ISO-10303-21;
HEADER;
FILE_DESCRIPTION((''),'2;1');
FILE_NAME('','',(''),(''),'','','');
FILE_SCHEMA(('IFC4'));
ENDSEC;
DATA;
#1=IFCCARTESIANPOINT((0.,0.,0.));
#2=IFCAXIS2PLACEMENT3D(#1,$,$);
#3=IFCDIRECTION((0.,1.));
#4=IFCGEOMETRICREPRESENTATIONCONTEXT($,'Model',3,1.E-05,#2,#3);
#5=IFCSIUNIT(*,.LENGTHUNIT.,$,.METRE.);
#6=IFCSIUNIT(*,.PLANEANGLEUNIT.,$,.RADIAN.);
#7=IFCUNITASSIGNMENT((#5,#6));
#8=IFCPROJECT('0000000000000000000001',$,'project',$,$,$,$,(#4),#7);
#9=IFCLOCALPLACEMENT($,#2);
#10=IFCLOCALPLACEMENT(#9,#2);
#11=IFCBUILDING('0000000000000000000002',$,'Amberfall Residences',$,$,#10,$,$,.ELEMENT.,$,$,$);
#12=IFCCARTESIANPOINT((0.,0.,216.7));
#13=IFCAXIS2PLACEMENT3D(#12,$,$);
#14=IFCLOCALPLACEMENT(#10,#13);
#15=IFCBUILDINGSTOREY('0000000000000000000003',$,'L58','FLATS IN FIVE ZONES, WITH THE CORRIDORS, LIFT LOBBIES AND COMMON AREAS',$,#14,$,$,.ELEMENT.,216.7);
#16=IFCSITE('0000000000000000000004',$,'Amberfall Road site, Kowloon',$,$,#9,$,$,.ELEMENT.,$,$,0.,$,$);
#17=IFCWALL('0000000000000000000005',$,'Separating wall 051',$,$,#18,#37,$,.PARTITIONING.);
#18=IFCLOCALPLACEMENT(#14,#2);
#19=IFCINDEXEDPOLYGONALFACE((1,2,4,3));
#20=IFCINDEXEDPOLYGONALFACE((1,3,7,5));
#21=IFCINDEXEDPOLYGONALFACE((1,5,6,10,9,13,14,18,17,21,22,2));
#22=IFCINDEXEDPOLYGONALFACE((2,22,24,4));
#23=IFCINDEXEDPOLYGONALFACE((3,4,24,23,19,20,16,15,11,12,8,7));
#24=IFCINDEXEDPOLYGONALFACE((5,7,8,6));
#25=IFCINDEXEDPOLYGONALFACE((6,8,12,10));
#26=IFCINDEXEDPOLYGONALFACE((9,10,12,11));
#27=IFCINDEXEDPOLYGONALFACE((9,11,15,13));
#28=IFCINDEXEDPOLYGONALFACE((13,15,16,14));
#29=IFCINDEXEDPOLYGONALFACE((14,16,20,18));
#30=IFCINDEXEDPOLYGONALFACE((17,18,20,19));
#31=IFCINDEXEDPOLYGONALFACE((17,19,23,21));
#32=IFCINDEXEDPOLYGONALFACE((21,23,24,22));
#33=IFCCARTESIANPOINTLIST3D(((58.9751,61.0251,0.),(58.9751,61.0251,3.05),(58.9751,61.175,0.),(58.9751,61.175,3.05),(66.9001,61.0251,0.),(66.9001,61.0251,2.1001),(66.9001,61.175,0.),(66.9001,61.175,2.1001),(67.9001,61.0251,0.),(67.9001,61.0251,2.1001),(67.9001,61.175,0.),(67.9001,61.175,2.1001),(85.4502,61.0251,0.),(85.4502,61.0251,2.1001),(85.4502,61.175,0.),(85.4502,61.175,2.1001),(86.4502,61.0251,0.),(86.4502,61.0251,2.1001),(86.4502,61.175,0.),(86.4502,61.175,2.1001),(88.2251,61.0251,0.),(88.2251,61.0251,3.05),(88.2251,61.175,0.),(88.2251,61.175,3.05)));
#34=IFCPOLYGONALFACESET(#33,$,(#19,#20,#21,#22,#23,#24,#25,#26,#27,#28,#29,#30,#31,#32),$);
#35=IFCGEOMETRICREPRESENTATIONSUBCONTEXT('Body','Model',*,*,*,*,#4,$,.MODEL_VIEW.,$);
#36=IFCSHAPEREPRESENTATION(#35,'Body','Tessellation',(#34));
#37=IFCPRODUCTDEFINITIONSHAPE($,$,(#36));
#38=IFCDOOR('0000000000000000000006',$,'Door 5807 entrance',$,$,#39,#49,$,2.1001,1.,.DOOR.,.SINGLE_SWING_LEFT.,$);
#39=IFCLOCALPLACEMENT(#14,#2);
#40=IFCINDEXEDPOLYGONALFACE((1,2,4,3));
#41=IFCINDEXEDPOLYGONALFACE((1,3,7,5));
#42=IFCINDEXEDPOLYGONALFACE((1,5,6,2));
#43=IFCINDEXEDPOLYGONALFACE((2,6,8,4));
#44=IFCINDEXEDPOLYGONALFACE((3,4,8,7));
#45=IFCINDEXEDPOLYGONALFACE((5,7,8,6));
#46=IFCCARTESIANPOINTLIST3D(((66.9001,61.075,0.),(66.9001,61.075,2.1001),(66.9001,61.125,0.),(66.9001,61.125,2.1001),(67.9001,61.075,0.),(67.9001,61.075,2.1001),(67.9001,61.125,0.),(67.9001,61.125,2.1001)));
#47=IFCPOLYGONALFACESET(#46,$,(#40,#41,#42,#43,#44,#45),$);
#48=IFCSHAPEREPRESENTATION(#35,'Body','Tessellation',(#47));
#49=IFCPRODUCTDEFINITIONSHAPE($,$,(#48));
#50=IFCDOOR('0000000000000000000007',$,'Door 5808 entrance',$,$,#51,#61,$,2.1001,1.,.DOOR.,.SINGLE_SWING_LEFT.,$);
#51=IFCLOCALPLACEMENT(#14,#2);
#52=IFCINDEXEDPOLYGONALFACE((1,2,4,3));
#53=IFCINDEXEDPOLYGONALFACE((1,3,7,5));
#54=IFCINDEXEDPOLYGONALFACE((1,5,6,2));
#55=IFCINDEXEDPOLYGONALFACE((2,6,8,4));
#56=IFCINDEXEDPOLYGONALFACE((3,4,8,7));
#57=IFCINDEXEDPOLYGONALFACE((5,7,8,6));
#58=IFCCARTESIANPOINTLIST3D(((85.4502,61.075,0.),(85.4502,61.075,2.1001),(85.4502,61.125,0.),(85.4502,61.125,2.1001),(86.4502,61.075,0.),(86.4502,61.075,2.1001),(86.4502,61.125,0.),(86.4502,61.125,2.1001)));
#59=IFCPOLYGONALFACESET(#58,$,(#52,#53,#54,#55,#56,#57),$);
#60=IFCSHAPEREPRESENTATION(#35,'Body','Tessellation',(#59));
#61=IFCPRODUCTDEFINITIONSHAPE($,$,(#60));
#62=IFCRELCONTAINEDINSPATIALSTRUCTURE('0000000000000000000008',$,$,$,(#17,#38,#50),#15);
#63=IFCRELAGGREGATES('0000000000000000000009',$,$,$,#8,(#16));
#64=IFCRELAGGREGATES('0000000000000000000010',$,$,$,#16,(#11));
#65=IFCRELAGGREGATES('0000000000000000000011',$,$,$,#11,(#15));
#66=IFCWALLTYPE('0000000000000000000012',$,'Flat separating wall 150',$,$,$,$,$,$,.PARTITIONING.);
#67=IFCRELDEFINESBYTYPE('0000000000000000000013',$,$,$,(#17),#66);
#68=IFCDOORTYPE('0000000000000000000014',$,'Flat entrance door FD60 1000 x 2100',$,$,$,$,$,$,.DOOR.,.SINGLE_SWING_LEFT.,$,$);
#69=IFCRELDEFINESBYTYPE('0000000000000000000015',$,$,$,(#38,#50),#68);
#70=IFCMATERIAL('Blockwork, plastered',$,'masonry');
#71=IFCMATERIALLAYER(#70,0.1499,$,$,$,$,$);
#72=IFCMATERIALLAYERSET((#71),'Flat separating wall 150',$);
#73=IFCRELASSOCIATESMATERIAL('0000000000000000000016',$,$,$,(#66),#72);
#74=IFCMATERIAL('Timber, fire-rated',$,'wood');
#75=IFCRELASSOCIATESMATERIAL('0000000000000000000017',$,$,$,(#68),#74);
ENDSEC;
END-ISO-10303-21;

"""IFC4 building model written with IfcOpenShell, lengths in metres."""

from ifc_helpers import new_model, si_unit, direction, frame, frame_2d, origin, place, context, subcontext, project, spatial, rectangle, extrude, material, layer, layer_set, type_object, element, fill, save


model = new_model("IFC4")

# Units and contexts
model_context = context("Model", 3, precision=1e-05, world=origin(), true_north=direction((0.0, 1.0)))
body_context = subcontext(model_context, "Body", "Model", "MODEL_VIEW")
ifc_project = project(units=[si_unit("LENGTHUNIT", "METRE"), si_unit("PLANEANGLEUNIT", "RADIAN")], contexts=[model_context])

# Site, building, storey
site_placement = place(None, origin())
site = spatial("IfcSite", under=ifc_project, at=site_placement, Name="Amberfall Road site, Kowloon", CompositionType="ELEMENT", RefElevation=0.0)
building_placement = place(site_placement, origin())
building = spatial("IfcBuilding", under=site, at=building_placement, Name="Amberfall Residences", CompositionType="ELEMENT")
storey_placement = place(building_placement, frame((0.0, 0.0, 216.7)))
storey = spatial("IfcBuildingStorey", under=building, at=storey_placement, Name="L58", Description="FLATS IN FIVE ZONES, WITH THE CORRIDORS, LIFT LOBBIES AND COMMON AREAS", CompositionType="ELEMENT", Elevation=216.7)

# Shared definitions
ifc_material_1 = material(Name="Blockwork, plastered", Category="masonry")
ifc_layer_1 = layer(ifc_material_1, 0.1499)
ifc_layer_set_1 = layer_set([ifc_layer_1], Name="Flat separating wall 150")
wall_type_1 = type_object("IfcWallType", Name="Flat separating wall 150", PredefinedType="PARTITIONING", material=ifc_layer_set_1)

# Wall, openings, doors
wall_1_placement = place(storey_placement, frame((58.9751, 61.1001, 0.0), z_axis=(0.0, 0.0, 1.0), x_axis=(1.0, 0.0, 0.0)))
wall_1 = element("IfcWall", 1, at=wall_1_placement, inside=storey, type_object=wall_type_1, Name="Separating wall 051", PredefinedType="PARTITIONING", context=body_context, shape_type="SweptSolid", body=[
    extrude(rectangle(XDim=29.25, YDim=0.1499, at=frame_2d((14.625, 0.0))), origin(), (0.0, 0.0, 1.0), 3.05),
])
opening_1_placement = place(wall_1_placement, frame((7.925, 0.0, 0.0)))
opening_1 = element("IfcOpeningElement", 2, at=opening_1_placement, cuts=wall_1, PredefinedType="OPENING", context=body_context, shape_type="SweptSolid", body=[
    extrude(rectangle(XDim=1.0, YDim=2.1001, at=frame_2d((0.5, 1.05))), frame((0.0, 0.085, 0.0), z_axis=(0.0, -1.0, 0.0), x_axis=(1.0, 0.0, 0.0)), (0.0, 0.0, 1.0), 0.1699),
])
opening_2_placement = place(wall_1_placement, frame((26.4751, 0.0, 0.0)))
opening_2 = element("IfcOpeningElement", 3, at=opening_2_placement, cuts=wall_1, PredefinedType="OPENING", context=body_context, shape_type="SweptSolid", body=[
    extrude(rectangle(XDim=1.0, YDim=2.1001, at=frame_2d((0.5, 1.05))), frame((0.0, 0.085, 0.0), z_axis=(0.0, -1.0, 0.0), x_axis=(1.0, 0.0, 0.0)), (0.0, 0.0, 1.0), 0.1699),
])
ifc_material_2 = material(Name="Timber, fire-rated", Category="wood")
door_type = type_object("IfcDoorType", Name="Flat entrance door FD60 1000 x 2100", OperationType="SINGLE_SWING_LEFT", PredefinedType="DOOR", material=ifc_material_2)
door_1_placement = place(opening_1_placement, origin())
door_1 = element("IfcDoor", 4, at=door_1_placement, inside=storey, type_object=door_type, Name="Door 5807 entrance", OperationType="SINGLE_SWING_LEFT", OverallHeight=2.1001, OverallWidth=1.0, PredefinedType="DOOR", context=body_context, shape_type="SweptSolid", body=[
    extrude(rectangle(XDim=1.0, YDim=2.1001, at=frame_2d((0.5, 1.05))), frame((0.0, 0.0249, 0.0), z_axis=(0.0, -1.0, 0.0), x_axis=(1.0, 0.0, 0.0)), (0.0, 0.0, 1.0), 0.05),
])
fill(opening_1, door_1)
door_2_placement = place(opening_2_placement, origin())
door_2 = element("IfcDoor", 5, at=door_2_placement, inside=storey, type_object=door_type, Name="Door 5808 entrance", OperationType="SINGLE_SWING_LEFT", OverallHeight=2.1001, OverallWidth=1.0, PredefinedType="DOOR", context=body_context, shape_type="SweptSolid", body=[
    extrude(rectangle(XDim=1.0, YDim=2.1001, at=frame_2d((0.5, 1.05))), frame((0.0, 0.0249, 0.0), z_axis=(0.0, -1.0, 0.0), x_axis=(1.0, 0.0, 0.0)), (0.0, 0.0, 1.0), 0.05),
])
fill(opening_2, door_2)

save(model, "model.ifc")
